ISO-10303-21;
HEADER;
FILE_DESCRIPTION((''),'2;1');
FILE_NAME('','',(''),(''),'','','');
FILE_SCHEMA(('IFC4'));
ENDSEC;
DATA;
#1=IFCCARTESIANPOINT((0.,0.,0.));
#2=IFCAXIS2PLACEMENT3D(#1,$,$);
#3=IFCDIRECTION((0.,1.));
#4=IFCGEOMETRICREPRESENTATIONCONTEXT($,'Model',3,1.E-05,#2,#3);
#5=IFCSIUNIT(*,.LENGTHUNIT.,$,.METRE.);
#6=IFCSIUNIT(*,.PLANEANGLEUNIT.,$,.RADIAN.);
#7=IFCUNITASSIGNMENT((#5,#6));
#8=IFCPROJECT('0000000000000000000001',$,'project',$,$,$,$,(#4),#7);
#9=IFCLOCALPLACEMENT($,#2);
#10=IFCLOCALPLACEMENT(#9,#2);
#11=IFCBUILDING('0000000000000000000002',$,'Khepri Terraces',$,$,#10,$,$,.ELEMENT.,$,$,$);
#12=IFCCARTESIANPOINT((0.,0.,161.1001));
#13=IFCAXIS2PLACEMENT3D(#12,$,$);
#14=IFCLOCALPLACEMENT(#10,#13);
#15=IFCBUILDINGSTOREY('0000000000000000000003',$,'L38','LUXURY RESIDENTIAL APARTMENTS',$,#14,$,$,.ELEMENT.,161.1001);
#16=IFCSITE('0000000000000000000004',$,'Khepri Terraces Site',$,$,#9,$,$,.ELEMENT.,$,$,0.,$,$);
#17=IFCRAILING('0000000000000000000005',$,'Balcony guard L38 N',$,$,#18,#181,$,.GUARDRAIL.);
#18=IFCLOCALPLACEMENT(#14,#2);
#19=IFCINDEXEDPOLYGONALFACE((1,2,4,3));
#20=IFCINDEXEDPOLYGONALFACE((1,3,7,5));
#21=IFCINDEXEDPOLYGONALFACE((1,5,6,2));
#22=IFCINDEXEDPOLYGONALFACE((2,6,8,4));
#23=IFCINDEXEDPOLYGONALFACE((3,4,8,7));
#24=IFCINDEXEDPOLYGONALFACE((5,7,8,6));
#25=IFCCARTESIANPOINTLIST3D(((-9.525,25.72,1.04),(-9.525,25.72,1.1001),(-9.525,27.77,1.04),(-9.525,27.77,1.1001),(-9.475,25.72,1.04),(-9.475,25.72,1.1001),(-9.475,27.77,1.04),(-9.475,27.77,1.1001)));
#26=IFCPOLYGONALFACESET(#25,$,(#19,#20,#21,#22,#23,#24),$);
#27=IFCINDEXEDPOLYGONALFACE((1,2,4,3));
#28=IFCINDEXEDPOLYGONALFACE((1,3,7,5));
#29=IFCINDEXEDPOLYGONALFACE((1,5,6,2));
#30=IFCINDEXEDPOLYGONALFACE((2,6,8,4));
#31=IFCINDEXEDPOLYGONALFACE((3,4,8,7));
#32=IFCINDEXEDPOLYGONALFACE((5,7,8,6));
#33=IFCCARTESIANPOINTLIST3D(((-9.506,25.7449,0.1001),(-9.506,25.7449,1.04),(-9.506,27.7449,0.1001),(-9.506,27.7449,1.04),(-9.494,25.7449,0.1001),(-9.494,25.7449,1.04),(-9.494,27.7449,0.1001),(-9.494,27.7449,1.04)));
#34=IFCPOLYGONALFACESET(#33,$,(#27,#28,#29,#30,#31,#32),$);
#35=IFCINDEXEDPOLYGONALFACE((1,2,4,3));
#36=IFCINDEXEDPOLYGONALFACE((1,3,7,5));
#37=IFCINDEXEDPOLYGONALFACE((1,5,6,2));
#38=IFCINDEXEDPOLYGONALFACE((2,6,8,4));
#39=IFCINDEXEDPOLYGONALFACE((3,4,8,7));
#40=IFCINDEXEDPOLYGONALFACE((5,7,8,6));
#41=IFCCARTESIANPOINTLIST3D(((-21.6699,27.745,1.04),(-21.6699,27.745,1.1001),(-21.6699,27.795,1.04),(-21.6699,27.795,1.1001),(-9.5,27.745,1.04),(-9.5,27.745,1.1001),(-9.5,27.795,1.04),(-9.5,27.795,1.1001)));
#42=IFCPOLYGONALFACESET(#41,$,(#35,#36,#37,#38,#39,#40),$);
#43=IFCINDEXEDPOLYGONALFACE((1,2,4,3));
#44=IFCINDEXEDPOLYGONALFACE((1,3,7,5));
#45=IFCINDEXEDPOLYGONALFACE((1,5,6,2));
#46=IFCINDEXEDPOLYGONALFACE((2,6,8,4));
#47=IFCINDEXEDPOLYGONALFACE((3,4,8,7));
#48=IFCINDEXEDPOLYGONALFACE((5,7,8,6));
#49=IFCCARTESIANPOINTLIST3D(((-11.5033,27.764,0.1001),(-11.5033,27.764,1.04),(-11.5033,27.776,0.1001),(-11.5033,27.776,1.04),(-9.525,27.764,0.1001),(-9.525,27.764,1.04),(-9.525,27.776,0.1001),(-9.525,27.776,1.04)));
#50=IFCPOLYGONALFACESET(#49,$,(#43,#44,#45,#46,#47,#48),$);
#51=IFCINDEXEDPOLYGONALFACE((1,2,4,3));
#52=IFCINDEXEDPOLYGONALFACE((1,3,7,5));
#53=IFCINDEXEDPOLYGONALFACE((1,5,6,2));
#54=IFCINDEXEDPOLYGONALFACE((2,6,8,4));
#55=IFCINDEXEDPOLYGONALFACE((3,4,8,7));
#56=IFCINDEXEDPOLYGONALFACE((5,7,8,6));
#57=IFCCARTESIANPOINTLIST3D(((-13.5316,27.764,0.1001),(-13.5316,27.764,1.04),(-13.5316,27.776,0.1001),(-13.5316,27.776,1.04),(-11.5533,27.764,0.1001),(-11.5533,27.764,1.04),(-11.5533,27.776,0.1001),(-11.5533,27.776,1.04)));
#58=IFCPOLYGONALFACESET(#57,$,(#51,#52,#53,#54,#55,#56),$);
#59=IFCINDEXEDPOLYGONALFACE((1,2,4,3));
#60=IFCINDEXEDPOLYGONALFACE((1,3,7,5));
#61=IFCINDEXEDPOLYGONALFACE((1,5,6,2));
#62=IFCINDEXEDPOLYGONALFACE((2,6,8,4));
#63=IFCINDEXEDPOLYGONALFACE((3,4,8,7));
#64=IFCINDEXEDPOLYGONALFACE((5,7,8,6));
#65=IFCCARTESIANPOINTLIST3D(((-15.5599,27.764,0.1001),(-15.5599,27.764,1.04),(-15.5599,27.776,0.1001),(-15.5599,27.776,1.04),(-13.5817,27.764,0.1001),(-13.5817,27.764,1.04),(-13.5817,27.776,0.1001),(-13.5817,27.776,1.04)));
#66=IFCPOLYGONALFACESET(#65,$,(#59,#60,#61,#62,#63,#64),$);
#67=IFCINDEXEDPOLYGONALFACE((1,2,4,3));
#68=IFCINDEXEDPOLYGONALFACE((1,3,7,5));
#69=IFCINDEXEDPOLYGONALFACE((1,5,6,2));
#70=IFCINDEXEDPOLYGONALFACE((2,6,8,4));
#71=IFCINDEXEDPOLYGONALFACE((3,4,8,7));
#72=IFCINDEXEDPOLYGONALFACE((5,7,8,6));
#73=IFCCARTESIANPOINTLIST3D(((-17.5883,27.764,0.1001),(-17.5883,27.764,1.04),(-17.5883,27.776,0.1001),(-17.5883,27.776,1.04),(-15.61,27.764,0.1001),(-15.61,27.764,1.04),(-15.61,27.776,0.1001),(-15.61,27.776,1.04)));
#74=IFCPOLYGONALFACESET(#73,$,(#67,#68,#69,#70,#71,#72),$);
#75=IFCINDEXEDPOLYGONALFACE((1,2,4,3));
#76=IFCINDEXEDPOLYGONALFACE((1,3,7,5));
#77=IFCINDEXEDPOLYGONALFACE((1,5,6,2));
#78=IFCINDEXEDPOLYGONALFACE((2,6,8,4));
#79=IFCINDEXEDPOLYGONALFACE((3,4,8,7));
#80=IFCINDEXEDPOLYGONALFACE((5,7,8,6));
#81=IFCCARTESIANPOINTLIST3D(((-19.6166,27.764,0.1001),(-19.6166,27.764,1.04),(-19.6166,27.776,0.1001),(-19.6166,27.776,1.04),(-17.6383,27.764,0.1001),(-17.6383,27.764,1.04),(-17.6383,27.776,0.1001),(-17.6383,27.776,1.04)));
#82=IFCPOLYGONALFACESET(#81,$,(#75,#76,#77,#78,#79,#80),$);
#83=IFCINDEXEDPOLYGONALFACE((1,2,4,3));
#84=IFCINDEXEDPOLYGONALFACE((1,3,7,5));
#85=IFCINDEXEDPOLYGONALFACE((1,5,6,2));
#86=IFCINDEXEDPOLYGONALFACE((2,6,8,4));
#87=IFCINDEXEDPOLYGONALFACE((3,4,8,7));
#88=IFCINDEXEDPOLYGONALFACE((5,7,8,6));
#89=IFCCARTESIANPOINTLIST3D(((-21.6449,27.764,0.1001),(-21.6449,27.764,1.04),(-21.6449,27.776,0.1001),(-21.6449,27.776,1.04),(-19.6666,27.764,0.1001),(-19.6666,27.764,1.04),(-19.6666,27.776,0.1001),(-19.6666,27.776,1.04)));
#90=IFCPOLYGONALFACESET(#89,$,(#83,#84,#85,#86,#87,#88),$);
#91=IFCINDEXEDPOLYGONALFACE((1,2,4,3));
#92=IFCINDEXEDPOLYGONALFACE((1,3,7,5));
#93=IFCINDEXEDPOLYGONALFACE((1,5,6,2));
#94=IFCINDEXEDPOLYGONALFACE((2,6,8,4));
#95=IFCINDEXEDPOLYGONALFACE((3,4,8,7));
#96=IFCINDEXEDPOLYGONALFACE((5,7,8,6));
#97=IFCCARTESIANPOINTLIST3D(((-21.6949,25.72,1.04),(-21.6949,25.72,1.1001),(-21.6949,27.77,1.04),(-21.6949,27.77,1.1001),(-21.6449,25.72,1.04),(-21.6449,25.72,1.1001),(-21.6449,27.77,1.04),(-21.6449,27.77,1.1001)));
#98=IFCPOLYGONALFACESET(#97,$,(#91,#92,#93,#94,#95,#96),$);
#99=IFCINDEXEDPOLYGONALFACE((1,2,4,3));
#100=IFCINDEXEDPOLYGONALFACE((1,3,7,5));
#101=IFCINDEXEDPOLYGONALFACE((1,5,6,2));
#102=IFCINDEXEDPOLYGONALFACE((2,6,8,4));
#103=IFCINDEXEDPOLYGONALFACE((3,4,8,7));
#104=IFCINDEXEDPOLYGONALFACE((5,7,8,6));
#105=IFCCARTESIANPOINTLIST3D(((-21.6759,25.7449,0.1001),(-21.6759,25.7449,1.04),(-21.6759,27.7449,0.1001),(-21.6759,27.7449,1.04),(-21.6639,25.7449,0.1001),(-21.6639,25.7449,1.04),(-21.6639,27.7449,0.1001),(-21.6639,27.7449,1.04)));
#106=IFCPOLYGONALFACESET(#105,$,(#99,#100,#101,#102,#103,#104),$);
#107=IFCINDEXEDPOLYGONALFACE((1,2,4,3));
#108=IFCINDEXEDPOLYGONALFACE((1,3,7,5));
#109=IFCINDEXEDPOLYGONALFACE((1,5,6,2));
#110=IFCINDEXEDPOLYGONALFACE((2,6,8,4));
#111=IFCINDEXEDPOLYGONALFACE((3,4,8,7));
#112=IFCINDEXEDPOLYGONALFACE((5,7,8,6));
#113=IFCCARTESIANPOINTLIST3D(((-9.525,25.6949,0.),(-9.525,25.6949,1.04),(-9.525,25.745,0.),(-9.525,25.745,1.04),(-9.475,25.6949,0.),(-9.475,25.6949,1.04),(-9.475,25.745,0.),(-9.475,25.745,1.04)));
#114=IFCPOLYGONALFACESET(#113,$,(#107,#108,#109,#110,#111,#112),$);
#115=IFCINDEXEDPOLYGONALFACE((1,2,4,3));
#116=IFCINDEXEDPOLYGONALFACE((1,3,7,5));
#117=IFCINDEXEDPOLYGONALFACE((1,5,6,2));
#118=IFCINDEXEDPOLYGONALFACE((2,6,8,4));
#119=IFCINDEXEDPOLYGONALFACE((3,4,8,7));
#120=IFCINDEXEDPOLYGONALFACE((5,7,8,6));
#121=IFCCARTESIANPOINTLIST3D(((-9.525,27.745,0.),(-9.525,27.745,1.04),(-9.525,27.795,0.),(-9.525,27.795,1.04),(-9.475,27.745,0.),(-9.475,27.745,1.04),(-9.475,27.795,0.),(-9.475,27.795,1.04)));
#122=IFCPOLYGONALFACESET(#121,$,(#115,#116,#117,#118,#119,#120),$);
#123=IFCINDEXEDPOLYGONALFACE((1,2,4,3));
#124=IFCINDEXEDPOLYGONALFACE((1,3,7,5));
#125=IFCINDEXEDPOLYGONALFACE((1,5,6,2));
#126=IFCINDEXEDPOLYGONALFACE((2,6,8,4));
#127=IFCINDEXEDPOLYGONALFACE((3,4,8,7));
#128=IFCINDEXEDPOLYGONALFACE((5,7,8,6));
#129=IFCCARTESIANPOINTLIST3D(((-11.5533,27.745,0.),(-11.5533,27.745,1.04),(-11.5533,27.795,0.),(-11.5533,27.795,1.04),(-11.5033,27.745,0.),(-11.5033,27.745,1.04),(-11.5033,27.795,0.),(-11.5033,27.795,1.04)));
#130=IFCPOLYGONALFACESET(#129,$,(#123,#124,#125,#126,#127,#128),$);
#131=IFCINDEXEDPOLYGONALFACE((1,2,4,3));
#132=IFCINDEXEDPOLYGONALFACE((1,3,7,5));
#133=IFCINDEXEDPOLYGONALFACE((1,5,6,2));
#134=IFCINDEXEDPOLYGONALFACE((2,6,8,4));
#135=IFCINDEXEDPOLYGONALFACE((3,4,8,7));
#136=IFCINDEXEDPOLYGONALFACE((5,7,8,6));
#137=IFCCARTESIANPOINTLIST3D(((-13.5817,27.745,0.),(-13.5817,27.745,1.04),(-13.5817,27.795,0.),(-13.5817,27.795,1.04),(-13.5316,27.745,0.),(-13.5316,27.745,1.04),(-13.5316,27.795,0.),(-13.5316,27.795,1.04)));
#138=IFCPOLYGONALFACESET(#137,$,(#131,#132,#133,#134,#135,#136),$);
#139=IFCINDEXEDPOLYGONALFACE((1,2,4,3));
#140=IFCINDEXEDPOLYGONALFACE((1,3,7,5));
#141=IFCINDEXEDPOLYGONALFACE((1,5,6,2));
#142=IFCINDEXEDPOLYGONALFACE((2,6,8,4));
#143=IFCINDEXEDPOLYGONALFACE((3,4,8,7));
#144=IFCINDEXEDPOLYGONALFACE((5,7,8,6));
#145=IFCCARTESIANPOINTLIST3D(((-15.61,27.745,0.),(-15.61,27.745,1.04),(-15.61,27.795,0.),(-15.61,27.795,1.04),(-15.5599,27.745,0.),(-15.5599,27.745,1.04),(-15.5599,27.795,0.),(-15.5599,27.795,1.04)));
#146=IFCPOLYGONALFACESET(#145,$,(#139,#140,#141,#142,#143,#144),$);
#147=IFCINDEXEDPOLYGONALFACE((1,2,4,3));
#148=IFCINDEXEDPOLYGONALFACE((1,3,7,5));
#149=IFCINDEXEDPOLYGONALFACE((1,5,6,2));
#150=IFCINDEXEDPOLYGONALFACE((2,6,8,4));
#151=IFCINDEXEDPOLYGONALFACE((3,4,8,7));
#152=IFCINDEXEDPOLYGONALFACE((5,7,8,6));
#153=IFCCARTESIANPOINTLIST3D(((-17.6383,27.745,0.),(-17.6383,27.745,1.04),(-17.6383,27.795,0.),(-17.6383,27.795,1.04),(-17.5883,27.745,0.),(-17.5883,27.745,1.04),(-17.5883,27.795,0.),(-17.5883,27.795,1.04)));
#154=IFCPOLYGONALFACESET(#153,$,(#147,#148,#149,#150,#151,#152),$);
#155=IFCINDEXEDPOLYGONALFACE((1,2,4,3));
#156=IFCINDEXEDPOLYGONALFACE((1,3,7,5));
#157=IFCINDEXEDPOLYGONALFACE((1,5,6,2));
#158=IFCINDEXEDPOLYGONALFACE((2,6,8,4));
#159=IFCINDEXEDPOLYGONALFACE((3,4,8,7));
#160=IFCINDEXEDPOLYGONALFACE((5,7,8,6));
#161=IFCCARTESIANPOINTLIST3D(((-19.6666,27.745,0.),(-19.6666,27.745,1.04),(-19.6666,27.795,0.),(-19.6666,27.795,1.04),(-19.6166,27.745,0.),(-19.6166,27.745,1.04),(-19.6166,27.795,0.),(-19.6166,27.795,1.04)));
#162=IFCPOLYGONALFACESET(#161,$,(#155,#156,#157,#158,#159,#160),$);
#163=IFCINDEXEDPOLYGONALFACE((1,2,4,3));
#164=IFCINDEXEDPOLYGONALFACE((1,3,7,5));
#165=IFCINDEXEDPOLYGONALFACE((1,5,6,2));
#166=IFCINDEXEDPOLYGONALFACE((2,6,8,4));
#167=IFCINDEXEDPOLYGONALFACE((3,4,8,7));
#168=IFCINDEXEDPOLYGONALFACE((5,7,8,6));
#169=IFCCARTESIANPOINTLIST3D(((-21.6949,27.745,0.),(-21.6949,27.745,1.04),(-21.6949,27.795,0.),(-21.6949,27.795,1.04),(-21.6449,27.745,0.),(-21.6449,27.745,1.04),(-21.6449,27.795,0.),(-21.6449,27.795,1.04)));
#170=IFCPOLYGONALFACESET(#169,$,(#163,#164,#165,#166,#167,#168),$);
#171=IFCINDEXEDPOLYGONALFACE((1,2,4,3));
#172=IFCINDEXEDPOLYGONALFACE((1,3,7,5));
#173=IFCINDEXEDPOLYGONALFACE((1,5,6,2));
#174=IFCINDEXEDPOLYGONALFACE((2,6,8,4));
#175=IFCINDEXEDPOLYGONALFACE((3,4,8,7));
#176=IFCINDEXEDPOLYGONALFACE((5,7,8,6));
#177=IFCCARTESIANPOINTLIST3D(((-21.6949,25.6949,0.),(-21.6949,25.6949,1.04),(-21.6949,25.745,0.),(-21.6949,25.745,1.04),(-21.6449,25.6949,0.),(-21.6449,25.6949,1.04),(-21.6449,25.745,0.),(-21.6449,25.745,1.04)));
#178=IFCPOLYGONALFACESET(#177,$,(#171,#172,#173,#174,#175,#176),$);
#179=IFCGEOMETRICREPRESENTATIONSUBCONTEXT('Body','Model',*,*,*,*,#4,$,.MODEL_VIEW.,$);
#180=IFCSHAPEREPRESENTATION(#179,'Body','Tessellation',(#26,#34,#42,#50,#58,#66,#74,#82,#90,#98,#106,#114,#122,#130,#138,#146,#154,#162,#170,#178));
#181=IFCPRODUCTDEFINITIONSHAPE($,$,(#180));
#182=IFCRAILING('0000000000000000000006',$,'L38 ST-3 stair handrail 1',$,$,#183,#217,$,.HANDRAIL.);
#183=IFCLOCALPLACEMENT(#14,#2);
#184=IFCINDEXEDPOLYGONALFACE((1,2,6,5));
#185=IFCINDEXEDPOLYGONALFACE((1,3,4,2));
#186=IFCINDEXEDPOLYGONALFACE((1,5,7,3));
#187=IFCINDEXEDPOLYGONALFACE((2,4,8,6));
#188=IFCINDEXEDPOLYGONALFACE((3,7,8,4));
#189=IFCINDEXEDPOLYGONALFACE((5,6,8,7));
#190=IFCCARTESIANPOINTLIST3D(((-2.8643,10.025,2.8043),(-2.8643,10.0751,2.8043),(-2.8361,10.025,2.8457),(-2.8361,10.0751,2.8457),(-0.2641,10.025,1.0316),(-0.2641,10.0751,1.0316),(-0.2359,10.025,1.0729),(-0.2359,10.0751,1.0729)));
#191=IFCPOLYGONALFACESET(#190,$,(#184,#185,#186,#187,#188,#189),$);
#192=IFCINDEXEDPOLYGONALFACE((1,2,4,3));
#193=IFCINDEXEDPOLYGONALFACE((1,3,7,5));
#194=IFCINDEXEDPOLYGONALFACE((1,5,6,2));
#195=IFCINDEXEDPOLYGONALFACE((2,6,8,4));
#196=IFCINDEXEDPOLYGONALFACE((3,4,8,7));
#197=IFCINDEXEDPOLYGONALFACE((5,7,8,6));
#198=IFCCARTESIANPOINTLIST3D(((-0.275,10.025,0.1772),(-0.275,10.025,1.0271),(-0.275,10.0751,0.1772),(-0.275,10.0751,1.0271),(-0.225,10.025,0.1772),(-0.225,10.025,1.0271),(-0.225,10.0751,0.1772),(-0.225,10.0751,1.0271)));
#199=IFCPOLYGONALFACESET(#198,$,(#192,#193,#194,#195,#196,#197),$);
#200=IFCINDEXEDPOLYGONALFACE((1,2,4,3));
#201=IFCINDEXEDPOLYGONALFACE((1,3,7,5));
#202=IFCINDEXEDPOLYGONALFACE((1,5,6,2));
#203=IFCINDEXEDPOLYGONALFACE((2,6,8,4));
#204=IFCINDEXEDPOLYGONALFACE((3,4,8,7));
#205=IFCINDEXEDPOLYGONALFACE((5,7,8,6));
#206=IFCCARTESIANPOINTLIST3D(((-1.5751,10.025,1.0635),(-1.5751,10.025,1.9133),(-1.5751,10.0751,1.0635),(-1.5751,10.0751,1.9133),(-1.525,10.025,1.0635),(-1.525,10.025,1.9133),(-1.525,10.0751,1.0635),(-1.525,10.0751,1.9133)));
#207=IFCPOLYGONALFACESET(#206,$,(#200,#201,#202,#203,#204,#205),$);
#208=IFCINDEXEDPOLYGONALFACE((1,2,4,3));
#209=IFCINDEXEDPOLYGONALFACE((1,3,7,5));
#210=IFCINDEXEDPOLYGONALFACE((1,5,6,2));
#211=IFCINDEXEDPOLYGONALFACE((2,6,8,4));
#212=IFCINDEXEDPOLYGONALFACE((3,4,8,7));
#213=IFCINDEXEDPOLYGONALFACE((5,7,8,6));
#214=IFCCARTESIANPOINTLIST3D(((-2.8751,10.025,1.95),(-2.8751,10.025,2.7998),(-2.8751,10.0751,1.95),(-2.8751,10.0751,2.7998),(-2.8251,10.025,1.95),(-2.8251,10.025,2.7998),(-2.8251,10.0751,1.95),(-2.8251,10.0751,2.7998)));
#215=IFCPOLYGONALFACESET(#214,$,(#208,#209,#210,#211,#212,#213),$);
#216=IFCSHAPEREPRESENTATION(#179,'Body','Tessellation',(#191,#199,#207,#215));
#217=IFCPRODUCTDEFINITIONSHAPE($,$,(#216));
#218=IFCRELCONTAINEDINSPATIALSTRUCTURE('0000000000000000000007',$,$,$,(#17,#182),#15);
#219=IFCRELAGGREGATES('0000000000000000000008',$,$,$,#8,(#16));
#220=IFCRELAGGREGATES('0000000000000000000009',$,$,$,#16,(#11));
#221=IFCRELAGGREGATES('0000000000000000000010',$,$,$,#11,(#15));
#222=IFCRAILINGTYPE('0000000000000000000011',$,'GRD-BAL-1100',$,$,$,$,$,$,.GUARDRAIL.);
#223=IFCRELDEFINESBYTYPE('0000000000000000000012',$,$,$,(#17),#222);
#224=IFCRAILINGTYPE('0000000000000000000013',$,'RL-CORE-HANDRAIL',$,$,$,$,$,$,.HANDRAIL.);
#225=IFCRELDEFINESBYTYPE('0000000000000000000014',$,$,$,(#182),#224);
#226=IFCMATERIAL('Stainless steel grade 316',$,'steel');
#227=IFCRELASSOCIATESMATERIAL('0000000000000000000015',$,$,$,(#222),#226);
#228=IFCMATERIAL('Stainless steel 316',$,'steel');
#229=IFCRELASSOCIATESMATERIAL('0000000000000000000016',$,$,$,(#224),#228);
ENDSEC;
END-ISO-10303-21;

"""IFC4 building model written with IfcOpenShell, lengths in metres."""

from ifc_helpers import new_model, si_unit, direction, frame, origin, origin_2d, place, context, subcontext, project, spatial, rectangle, extrude, material, type_object, element, save


model = new_model("IFC4")

# Units and contexts
model_context = context("Model", 3, precision=1e-05, world=origin(), true_north=direction((0.0, 1.0)))
body_context = subcontext(model_context, "Body", "Model", "MODEL_VIEW")
ifc_project = project(units=[si_unit("LENGTHUNIT", "METRE"), si_unit("PLANEANGLEUNIT", "RADIAN")], contexts=[model_context])

# Site, building, storey
site_placement = place(None, origin())
site = spatial("IfcSite", under=ifc_project, at=site_placement, Name="Khepri Terraces Site", CompositionType="ELEMENT", RefElevation=0.0)
building_placement = place(site_placement, origin())
building = spatial("IfcBuilding", under=site, at=building_placement, Name="Khepri Terraces", CompositionType="ELEMENT")
storey_placement = place(building_placement, frame((0.0, 0.0, 161.1001)))
storey = spatial("IfcBuildingStorey", under=building, at=storey_placement, Name="L38", Description="LUXURY RESIDENTIAL APARTMENTS", CompositionType="ELEMENT", Elevation=161.1001)

# Railings
ifc_material_1 = material(Name="Stainless steel grade 316", Category="steel")
railing_type_1 = type_object("IfcRailingType", Name="GRD-BAL-1100", PredefinedType="GUARDRAIL", material=ifc_material_1)
railing_1_placement = place(storey_placement, frame((-9.5, 25.72, 0.0)))
element("IfcRailing", 1, at=railing_1_placement, inside=storey, type_object=railing_type_1, Name="Balcony guard L38 N", PredefinedType="GUARDRAIL", context=body_context, shape_type="SweptSolid", body=[
    extrude(rectangle(XDim=0.05, YDim=0.0601, at=origin_2d()), frame((0.0, 0.0, 1.0701), z_axis=(0.0, 1.0, 0.0), x_axis=(-1.0, 0.0, 0.0)), (0.0, 0.0, 1.0), 2.05),
    extrude(rectangle(XDim=2.0, YDim=0.012, at=origin_2d()), frame((0.0, 1.0249, 0.1001), z_axis=(0.0, 0.0, 1.0), x_axis=(0.0, 1.0, 0.0)), (0.0, 0.0, 1.0), 0.9399),
    extrude(rectangle(XDim=0.05, YDim=0.0601, at=origin_2d()), frame((0.0, 2.05, 1.0701), z_axis=(-1.0, 0.0, 0.0), x_axis=(0.0, -1.0, 0.0)), (0.0, 0.0, 1.0), 12.1699),
    extrude(rectangle(XDim=1.9783, YDim=0.012, at=origin_2d()), frame((-1.0142, 2.05, 0.1001), z_axis=(0.0, 0.0, 1.0), x_axis=(-1.0, 0.0, 0.0)), (0.0, 0.0, 1.0), 0.9399),
    extrude(rectangle(XDim=1.9783, YDim=0.012, at=origin_2d()), frame((-3.0425, 2.05, 0.1001), z_axis=(0.0, 0.0, 1.0), x_axis=(-1.0, 0.0, 0.0)), (0.0, 0.0, 1.0), 0.9399),
    extrude(rectangle(XDim=1.9783, YDim=0.012, at=origin_2d()), frame((-5.0708, 2.05, 0.1001), z_axis=(0.0, 0.0, 1.0), x_axis=(-1.0, 0.0, 0.0)), (0.0, 0.0, 1.0), 0.9399),
    extrude(rectangle(XDim=1.9783, YDim=0.012, at=origin_2d()), frame((-7.0991, 2.05, 0.1001), z_axis=(0.0, 0.0, 1.0), x_axis=(-1.0, 0.0, 0.0)), (0.0, 0.0, 1.0), 0.9399),
    extrude(rectangle(XDim=1.9783, YDim=0.012, at=origin_2d()), frame((-9.1274, 2.05, 0.1001), z_axis=(0.0, 0.0, 1.0), x_axis=(-1.0, 0.0, 0.0)), (0.0, 0.0, 1.0), 0.9399),
    extrude(rectangle(XDim=1.9783, YDim=0.012, at=origin_2d()), frame((-11.1558, 2.05, 0.1001), z_axis=(0.0, 0.0, 1.0), x_axis=(-1.0, 0.0, 0.0)), (0.0, 0.0, 1.0), 0.9399),
    extrude(rectangle(XDim=0.05, YDim=0.0601, at=origin_2d()), frame((-12.1699, 2.05, 1.0701), z_axis=(0.0, -1.0, 0.0), x_axis=(1.0, 0.0, 0.0)), (0.0, 0.0, 1.0), 2.05),
    extrude(rectangle(XDim=2.0, YDim=0.012, at=origin_2d()), frame((-12.1699, 1.0249, 0.1001), z_axis=(0.0, 0.0, 1.0), x_axis=(0.0, -1.0, 0.0)), (0.0, 0.0, 1.0), 0.9399),
    extrude(rectangle(XDim=0.05, YDim=0.05, at=origin_2d()), origin(), (0.0, 0.0, 1.0), 1.04),
    extrude(rectangle(XDim=0.05, YDim=0.05, at=origin_2d()), frame((0.0, 2.05, 0.0)), (0.0, 0.0, 1.0), 1.04),
    extrude(rectangle(XDim=0.05, YDim=0.05, at=origin_2d()), frame((-2.0283, 2.05, 0.0)), (0.0, 0.0, 1.0), 1.04),
    extrude(rectangle(XDim=0.05, YDim=0.05, at=origin_2d()), frame((-4.0566, 2.05, 0.0)), (0.0, 0.0, 1.0), 1.04),
    extrude(rectangle(XDim=0.05, YDim=0.05, at=origin_2d()), frame((-6.085, 2.05, 0.0)), (0.0, 0.0, 1.0), 1.04),
    extrude(rectangle(XDim=0.05, YDim=0.05, at=origin_2d()), frame((-8.1133, 2.05, 0.0)), (0.0, 0.0, 1.0), 1.04),
    extrude(rectangle(XDim=0.05, YDim=0.05, at=origin_2d()), frame((-10.1416, 2.05, 0.0)), (0.0, 0.0, 1.0), 1.04),
    extrude(rectangle(XDim=0.05, YDim=0.05, at=origin_2d()), frame((-12.1699, 2.05, 0.0)), (0.0, 0.0, 1.0), 1.04),
    extrude(rectangle(XDim=0.05, YDim=0.05, at=origin_2d()), frame((-12.1699, 0.0, 0.0)), (0.0, 0.0, 1.0), 1.04),
])
ifc_material_2 = material(Name="Stainless steel 316", Category="steel")
railing_type_2 = type_object("IfcRailingType", Name="RL-CORE-HANDRAIL", PredefinedType="HANDRAIL", material=ifc_material_2)
railing_2_placement = place(storey_placement, frame((-0.25, 10.05, 0.1772)))
element("IfcRailing", 2, at=railing_2_placement, inside=storey, type_object=railing_type_2, Name="L38 ST-3 stair handrail 1", PredefinedType="HANDRAIL", context=body_context, shape_type="SweptSolid", body=[
    extrude(rectangle(XDim=0.05, YDim=0.05, at=origin_2d()), frame((0.0, 0.0, 0.875), z_axis=(-0.82624, 0.0, 0.563318), x_axis=(0.0, -1.0, 0.0)), (0.0, 0.0, 1.0), 3.147),
    extrude(rectangle(XDim=0.05, YDim=0.05, at=origin_2d()), origin(), (0.0, 0.0, 1.0), 0.8499),
    extrude(rectangle(XDim=0.05, YDim=0.05, at=origin_2d()), frame((-1.3, 0.0, 0.8862)), (0.0, 0.0, 1.0), 0.8499),
    extrude(rectangle(XDim=0.05, YDim=0.05, at=origin_2d()), frame((-2.6001, 0.0, 1.7727)), (0.0, 0.0, 1.0), 0.8499),
])

save(model, "model.ifc")
